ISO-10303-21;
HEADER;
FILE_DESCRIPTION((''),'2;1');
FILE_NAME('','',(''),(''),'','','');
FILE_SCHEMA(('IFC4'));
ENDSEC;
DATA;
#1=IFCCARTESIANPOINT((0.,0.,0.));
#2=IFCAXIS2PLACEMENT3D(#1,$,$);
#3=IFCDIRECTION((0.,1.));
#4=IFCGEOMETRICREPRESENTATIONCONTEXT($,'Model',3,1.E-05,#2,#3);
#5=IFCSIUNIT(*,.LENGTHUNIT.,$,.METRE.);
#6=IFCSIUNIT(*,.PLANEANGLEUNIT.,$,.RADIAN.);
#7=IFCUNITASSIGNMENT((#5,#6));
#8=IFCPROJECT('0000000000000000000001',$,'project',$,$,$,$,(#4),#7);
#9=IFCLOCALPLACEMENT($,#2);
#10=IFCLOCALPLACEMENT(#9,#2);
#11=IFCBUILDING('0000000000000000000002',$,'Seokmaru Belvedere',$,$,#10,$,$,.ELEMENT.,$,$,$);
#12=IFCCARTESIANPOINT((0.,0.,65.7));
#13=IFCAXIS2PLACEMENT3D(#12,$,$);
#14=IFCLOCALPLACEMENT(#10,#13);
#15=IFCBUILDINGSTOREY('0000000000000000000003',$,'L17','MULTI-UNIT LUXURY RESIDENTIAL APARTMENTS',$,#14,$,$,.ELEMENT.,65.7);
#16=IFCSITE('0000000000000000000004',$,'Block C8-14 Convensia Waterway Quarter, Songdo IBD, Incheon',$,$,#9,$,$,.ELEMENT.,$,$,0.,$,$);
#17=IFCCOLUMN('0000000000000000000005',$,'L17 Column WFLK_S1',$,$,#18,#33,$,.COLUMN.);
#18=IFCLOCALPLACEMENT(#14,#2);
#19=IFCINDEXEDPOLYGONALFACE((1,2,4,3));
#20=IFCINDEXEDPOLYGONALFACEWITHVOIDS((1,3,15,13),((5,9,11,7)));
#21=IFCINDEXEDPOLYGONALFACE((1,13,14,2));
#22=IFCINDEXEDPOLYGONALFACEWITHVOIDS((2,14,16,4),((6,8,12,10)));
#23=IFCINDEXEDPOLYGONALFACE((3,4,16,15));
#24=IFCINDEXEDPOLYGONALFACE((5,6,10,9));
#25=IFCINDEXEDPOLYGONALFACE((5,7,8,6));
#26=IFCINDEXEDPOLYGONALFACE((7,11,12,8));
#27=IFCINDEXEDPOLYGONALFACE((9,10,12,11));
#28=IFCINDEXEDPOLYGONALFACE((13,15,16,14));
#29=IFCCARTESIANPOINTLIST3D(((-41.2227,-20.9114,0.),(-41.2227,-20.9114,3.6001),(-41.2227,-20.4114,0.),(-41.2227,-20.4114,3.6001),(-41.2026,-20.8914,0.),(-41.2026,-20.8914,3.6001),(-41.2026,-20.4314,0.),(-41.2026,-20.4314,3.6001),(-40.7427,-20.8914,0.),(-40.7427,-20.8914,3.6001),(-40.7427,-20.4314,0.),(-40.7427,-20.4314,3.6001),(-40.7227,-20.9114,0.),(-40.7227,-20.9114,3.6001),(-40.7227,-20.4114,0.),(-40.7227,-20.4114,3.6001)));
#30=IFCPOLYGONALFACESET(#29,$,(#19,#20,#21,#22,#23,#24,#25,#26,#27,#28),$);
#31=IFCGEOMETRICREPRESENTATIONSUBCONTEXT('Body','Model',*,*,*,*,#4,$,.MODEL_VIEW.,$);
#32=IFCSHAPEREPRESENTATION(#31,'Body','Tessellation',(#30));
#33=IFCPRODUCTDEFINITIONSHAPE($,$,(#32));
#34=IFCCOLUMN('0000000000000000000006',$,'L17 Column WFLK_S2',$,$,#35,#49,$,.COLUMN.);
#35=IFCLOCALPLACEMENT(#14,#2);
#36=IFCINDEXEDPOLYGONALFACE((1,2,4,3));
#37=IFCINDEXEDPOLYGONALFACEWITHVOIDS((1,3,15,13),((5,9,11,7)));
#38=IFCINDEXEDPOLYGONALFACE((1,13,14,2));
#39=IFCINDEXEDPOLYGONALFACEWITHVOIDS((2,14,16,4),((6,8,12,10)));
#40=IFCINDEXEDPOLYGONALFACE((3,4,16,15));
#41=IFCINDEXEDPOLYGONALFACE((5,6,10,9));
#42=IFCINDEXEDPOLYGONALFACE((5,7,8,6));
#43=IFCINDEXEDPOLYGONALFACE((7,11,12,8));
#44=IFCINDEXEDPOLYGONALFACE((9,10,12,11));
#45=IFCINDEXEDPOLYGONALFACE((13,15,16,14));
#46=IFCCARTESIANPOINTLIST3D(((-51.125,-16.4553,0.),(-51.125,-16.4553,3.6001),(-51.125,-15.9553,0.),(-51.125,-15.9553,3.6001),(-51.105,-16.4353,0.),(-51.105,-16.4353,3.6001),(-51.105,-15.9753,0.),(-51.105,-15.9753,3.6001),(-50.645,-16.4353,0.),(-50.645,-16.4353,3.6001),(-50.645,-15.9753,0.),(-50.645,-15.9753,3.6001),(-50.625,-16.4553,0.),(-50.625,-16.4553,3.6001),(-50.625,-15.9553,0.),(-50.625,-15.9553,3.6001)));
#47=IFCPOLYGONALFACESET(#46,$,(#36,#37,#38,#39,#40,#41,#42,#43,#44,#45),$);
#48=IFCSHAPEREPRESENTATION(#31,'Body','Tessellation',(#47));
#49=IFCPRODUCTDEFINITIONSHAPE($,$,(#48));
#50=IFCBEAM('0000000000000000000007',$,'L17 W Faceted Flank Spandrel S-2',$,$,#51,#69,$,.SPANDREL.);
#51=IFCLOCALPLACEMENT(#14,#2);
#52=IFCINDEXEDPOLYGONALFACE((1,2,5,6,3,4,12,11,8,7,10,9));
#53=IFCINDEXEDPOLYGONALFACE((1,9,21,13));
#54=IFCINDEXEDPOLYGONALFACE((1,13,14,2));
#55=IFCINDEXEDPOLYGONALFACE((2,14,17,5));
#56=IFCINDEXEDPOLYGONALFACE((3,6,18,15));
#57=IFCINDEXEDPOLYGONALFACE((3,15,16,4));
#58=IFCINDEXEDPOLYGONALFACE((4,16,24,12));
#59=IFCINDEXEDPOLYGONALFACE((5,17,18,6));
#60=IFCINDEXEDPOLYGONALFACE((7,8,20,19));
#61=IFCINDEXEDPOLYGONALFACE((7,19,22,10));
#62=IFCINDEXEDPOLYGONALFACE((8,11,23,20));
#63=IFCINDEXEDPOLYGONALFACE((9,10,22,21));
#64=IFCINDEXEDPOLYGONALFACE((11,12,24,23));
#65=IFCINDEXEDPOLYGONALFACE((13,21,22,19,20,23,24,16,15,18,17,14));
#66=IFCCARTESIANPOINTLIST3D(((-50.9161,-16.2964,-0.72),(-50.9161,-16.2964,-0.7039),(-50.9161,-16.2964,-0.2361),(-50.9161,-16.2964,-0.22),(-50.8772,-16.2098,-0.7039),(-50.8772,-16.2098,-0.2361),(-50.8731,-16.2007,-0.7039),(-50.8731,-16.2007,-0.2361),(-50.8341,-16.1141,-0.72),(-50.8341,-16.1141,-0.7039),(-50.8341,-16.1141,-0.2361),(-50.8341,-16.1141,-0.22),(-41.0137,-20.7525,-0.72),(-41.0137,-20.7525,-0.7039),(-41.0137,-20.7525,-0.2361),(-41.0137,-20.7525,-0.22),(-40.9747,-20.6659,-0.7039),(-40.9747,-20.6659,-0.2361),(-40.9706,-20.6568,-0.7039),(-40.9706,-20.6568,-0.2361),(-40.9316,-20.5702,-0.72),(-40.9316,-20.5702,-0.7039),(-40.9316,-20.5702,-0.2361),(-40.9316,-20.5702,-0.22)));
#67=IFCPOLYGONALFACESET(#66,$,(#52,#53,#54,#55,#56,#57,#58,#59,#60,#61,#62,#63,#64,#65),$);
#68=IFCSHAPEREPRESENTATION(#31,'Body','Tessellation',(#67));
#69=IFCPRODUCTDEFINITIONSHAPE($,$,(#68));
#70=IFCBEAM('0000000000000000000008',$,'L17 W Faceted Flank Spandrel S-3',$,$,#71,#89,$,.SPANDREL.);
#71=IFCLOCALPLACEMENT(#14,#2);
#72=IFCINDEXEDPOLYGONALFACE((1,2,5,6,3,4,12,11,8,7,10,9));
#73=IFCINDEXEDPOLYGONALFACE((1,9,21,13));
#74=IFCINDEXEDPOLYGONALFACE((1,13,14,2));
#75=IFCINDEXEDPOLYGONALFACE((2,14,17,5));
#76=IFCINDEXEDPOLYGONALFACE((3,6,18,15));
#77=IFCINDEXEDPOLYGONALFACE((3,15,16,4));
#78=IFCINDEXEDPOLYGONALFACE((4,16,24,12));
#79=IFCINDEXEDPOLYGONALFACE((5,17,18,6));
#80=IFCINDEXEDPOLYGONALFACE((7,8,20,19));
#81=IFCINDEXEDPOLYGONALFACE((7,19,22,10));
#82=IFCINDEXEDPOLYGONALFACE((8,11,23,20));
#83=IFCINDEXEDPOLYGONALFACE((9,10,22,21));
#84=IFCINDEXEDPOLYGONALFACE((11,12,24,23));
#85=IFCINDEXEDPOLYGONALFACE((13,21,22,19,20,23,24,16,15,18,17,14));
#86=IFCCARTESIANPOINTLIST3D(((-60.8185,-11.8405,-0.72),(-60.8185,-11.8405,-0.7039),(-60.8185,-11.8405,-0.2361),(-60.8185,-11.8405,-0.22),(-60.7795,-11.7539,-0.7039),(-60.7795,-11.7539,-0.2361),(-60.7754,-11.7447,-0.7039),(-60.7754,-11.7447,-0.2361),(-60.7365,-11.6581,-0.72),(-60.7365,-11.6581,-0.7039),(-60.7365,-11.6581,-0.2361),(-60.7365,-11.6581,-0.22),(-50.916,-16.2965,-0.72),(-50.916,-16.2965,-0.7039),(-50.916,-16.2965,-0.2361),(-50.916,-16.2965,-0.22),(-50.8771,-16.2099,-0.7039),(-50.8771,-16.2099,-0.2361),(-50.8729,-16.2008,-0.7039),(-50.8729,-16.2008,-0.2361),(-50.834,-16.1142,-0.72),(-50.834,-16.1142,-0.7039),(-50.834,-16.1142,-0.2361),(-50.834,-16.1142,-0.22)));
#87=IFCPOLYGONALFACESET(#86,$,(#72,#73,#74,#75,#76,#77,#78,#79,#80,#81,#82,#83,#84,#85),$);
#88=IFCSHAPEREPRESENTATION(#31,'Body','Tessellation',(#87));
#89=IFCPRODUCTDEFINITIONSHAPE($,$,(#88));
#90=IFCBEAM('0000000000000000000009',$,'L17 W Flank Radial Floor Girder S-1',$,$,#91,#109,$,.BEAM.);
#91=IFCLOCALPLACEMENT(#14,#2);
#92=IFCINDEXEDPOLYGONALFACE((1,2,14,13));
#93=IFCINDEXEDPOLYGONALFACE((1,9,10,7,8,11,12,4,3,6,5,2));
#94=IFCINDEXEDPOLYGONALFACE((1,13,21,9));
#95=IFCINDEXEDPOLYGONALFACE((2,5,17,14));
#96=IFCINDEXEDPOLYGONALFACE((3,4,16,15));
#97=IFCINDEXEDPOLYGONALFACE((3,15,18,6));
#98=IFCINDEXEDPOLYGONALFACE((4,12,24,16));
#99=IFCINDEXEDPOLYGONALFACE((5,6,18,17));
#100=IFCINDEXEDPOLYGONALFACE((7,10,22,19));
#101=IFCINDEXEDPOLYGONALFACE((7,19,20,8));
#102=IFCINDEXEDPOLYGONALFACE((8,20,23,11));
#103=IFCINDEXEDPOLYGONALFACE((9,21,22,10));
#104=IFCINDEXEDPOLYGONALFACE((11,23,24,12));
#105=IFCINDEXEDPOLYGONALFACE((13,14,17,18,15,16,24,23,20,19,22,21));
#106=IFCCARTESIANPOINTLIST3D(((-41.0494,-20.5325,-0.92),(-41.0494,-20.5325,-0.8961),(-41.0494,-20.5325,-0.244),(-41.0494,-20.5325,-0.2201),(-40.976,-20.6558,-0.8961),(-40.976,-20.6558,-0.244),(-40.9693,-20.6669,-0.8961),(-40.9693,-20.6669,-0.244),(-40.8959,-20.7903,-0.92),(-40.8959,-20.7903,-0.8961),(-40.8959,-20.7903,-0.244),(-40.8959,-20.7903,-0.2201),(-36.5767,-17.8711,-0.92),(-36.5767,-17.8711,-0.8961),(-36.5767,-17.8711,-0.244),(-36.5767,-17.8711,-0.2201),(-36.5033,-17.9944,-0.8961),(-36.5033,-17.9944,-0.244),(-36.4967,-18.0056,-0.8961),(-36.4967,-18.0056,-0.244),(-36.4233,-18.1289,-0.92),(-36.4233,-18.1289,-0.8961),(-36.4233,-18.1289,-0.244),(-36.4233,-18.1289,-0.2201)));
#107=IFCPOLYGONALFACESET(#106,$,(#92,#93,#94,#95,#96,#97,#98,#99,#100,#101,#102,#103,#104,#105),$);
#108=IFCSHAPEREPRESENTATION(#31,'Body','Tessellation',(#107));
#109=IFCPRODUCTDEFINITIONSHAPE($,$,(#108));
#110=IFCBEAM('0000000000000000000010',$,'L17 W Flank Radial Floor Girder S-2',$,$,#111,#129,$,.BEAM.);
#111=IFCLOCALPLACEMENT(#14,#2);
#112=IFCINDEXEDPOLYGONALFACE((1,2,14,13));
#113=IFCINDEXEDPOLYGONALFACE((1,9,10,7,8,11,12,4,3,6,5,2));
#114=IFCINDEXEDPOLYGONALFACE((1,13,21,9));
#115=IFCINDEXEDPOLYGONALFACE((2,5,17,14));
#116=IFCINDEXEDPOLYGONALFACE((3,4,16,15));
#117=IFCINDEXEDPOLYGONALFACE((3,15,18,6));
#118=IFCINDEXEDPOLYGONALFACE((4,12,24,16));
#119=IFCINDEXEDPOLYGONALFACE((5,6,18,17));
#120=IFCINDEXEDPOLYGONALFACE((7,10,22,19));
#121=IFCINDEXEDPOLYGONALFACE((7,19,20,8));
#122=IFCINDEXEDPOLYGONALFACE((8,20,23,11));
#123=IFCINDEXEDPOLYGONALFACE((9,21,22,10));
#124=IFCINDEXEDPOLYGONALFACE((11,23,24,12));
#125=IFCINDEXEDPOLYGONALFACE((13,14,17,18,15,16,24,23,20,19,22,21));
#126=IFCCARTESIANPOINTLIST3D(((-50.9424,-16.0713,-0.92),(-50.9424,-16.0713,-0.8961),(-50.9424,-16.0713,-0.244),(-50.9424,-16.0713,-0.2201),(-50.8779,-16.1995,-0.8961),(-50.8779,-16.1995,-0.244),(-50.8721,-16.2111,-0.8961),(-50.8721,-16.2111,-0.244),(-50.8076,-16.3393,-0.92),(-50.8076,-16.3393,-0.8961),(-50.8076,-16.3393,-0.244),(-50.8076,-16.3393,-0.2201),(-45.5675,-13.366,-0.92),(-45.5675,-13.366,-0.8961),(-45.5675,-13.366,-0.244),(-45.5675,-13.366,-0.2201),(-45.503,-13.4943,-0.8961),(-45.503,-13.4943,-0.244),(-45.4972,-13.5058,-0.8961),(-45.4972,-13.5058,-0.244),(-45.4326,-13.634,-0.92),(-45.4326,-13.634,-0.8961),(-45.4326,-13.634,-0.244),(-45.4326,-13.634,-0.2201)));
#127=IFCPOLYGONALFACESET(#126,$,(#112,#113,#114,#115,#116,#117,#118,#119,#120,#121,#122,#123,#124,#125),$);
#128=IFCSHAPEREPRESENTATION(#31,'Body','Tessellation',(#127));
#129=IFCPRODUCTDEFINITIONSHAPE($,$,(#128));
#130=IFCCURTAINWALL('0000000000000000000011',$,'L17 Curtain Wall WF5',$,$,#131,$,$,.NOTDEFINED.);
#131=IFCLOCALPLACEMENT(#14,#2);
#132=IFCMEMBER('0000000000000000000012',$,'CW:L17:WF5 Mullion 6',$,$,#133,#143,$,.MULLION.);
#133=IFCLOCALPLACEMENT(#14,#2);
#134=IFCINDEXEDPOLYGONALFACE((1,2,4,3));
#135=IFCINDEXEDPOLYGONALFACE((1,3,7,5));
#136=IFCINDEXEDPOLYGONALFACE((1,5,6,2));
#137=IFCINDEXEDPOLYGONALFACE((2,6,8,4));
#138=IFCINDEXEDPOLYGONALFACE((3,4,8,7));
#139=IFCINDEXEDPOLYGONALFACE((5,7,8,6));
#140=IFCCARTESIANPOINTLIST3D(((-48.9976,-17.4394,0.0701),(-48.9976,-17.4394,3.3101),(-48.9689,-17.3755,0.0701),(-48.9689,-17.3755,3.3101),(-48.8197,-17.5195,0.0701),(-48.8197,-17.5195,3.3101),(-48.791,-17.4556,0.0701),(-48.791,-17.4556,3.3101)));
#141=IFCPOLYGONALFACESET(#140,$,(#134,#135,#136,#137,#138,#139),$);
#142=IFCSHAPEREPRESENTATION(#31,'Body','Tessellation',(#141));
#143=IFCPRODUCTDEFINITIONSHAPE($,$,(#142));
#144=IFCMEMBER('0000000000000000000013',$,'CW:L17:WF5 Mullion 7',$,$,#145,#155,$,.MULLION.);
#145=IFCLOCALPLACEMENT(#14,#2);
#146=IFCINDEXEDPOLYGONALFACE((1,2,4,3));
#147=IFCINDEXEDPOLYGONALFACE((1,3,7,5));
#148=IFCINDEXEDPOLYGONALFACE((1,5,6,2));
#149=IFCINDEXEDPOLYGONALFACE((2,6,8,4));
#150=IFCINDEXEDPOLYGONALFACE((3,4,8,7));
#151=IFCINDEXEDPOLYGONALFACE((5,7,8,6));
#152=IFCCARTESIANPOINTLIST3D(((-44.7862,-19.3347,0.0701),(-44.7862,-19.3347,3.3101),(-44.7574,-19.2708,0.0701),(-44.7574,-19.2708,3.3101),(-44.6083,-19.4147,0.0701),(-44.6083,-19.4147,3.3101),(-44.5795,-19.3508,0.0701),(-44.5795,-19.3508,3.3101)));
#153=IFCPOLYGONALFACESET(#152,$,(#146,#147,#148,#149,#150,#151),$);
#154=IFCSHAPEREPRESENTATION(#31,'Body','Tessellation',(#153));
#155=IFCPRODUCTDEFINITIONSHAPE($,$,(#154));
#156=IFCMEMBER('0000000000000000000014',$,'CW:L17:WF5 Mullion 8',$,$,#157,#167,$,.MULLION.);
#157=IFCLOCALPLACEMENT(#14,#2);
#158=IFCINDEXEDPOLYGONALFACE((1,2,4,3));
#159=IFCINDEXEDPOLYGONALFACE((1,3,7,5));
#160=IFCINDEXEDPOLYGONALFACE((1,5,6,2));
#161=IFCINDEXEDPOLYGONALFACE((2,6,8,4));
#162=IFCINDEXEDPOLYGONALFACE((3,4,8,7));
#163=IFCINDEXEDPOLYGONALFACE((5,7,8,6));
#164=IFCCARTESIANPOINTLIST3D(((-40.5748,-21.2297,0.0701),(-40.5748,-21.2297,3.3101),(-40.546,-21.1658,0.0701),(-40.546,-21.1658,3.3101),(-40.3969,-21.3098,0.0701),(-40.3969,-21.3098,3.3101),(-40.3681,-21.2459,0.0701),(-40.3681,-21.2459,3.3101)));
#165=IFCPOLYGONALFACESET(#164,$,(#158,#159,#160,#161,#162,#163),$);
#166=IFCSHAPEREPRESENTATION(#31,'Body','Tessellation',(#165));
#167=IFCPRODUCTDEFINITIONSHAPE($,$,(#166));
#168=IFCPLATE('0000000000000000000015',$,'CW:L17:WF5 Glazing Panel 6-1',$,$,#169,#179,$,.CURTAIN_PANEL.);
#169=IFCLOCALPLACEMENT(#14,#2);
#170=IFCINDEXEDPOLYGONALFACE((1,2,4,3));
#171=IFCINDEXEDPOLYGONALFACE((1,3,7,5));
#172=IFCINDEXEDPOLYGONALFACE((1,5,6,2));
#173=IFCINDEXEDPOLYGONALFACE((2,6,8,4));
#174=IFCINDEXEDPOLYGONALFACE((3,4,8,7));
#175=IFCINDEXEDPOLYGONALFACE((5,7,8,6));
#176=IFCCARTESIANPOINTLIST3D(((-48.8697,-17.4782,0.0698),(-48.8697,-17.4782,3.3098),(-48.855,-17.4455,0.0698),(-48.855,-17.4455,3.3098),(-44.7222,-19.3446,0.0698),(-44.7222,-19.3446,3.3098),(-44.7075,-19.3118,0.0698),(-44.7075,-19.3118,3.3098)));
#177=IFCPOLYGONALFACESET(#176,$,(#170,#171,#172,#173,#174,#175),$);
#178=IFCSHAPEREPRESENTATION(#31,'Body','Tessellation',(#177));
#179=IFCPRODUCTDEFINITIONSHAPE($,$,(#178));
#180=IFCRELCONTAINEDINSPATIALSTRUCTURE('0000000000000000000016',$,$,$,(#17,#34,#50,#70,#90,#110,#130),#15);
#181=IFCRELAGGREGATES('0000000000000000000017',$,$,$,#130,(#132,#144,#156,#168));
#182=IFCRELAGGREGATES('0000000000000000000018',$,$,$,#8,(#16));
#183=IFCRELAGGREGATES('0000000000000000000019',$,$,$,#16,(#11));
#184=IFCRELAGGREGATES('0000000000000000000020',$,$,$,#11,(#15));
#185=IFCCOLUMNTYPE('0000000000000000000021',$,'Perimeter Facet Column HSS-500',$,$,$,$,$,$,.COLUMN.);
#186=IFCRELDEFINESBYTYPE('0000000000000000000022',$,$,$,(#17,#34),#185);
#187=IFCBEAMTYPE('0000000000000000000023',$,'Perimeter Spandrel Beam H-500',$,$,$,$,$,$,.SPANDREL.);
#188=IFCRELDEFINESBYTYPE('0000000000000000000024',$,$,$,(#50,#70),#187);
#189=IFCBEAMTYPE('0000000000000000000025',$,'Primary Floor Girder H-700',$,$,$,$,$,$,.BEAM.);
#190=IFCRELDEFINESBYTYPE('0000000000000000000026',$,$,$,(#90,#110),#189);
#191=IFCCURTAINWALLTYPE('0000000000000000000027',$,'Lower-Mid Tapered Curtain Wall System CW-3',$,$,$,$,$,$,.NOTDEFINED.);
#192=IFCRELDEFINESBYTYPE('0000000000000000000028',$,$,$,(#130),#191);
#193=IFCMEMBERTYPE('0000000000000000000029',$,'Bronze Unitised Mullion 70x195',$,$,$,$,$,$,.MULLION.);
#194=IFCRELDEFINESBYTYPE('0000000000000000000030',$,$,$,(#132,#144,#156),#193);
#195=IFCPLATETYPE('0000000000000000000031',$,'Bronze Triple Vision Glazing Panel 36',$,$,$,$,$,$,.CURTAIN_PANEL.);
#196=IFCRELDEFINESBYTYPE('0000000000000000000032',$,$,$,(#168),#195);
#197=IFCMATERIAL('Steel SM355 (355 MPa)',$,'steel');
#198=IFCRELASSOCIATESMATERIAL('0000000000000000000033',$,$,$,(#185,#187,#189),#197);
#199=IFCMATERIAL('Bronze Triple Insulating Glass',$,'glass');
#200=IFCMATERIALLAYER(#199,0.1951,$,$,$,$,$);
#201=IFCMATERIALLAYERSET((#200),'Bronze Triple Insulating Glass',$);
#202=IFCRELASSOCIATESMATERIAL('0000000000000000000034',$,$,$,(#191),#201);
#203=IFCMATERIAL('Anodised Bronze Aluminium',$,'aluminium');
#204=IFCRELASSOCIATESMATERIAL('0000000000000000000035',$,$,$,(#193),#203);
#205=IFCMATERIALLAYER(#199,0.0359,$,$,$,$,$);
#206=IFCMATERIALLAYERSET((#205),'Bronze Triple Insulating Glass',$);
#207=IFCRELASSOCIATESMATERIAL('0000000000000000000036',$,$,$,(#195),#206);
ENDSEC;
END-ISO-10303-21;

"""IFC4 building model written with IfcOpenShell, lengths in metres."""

from ifc_helpers import new_model, si_unit, direction, frame, origin, origin_2d, place, context, subcontext, project, spatial, rectangle, hollow_rectangle, i_section, extrude, source, transform, mapped, material, layer, layer_set, material_profile, profile_set, type_object, type_shapes, element, aggregate, save


model = new_model("IFC4")

# Units and contexts
model_context = context("Model", 3, precision=1e-05, world=origin(), true_north=direction((0.0, 1.0)))
body_context = subcontext(model_context, "Body", "Model", "MODEL_VIEW")
ifc_project = project(units=[si_unit("LENGTHUNIT", "METRE"), si_unit("PLANEANGLEUNIT", "RADIAN")], contexts=[model_context])

# Site, building, storey
site_placement = place(None, origin())
site = spatial("IfcSite", under=ifc_project, at=site_placement, Name="Block C8-14 Convensia Waterway Quarter, Songdo IBD, Incheon", CompositionType="ELEMENT", RefElevation=0.0)
building_placement = place(site_placement, origin())
building = spatial("IfcBuilding", under=site, at=building_placement, Name="Seokmaru Belvedere", CompositionType="ELEMENT")
storey_placement = place(building_placement, frame((0.0, 0.0, 65.7)))
storey = spatial("IfcBuildingStorey", under=building, at=storey_placement, Name="L17", Description="MULTI-UNIT LUXURY RESIDENTIAL APARTMENTS", CompositionType="ELEMENT", Elevation=65.7)

# Columns
ifc_material_1 = material(Name="Steel SM355 (355 MPa)", Category="steel")
ifc_material_profile_1 = material_profile(ifc_material_1, hollow_rectangle(XDim=0.5, YDim=0.5, WallThickness=0.02, at=origin_2d()), Name="HSS-500x500x20")
ifc_profile_set_1 = profile_set([ifc_material_profile_1], Name="Steel SM355 (355 MPa)")
column_type = type_object("IfcColumnType", Name="Perimeter Facet Column HSS-500", PredefinedType="COLUMN", material=ifc_profile_set_1)
shared_shape_1 = source(origin(), body_context, "Body", "SweptSolid", [
    extrude(hollow_rectangle(XDim=0.5, YDim=0.5, WallThickness=0.02, at=origin_2d()), origin(), (0.0, 0.0, 1.0), 3.6001),
])
type_shapes(column_type, [shared_shape_1])
for number, where, z_axis, x_axis, name in (
    (1, (-40.9727, -20.6614, 0.0), (0.0, 0.0, 1.0), (1.0, 0.0, 0.0), "L17 Column WFLK_S1"),
    (2, (-50.875, -16.2053, 0.0), (0.0, 0.0, 1.0), (1.0, 0.0, 0.0), "L17 Column WFLK_S2"),
):
    element("IfcColumn", number, at=place(storey_placement, frame(where, z_axis=z_axis, x_axis=x_axis)), inside=storey, type_object=column_type, Name=name, PredefinedType="COLUMN", context=body_context, shape_type="MappedRepresentation", body=[
        mapped(shared_shape_1, transform((0.0, 0.0, 0.0), scale=1.0)),
    ])

# Beams
ifc_material_profile_2 = material_profile(ifc_material_1, i_section(OverallWidth=0.2, OverallDepth=0.5, WebThickness=0.01, FlangeThickness=0.0161, at=origin_2d()), Name="H-500x200x10x16")
ifc_profile_set_2 = profile_set([ifc_material_profile_2], Name="Steel SM355 (355 MPa)")
beam_type_1 = type_object("IfcBeamType", Name="Perimeter Spandrel Beam H-500", PredefinedType="SPANDREL", material=ifc_profile_set_2)
shared_shape_2 = source(origin(), body_context, "Body", "SweptSolid", [
    extrude(i_section(OverallWidth=0.2, OverallDepth=0.5, WebThickness=0.01, FlangeThickness=0.0161, at=origin_2d()), origin(), (0.0, 0.0, 1.0), 10.8589),
])
type_shapes(beam_type_1, [shared_shape_2])
for number, where, z_axis, x_axis, name in (
    (3, (-40.9727, -20.6614, -0.47), (-0.911922, 0.410365, 0.0), (-0.410365, -0.911922, 0.0), "L17 W Faceted Flank Spandrel S-2"),
    (4, (-50.875, -16.2053, -0.47), (-0.911925, 0.410356, 0.0), (-0.410356, -0.911925, 0.0), "L17 W Faceted Flank Spandrel S-3"),
):
    element("IfcBeam", number, at=place(storey_placement, frame(where, z_axis=z_axis, x_axis=x_axis)), inside=storey, type_object=beam_type_1, Name=name, PredefinedType="SPANDREL", context=body_context, shape_type="MappedRepresentation", body=[
        mapped(shared_shape_2, transform((0.0, 0.0, 0.0), scale=1.0)),
    ])
ifc_material_profile_3 = material_profile(ifc_material_1, i_section(OverallWidth=0.3, OverallDepth=0.7, WebThickness=0.0129, FlangeThickness=0.0239, at=origin_2d()), Name="H-700x300x13x24")
ifc_profile_set_3 = profile_set([ifc_material_profile_3], Name="Steel SM355 (355 MPa)")
beam_type_2 = type_object("IfcBeamType", Name="Primary Floor Girder H-700", PredefinedType="BEAM", material=ifc_profile_set_3)
shared_shape_3 = source(origin(), body_context, "Body", "SweptSolid", [
    extrude(i_section(OverallWidth=0.3, OverallDepth=0.7, WebThickness=0.0129, FlangeThickness=0.0239, at=origin_2d()), origin(), (0.0, 0.0, 1.0), 5.2046),
])
beam_1_placement = place(storey_placement, frame((-40.9727, -20.6614, -0.5701), z_axis=(0.85937, 0.511354, 0.0), x_axis=(-0.511354, 0.85937, 0.0)))
element("IfcBeam", 5, at=beam_1_placement, inside=storey, type_object=beam_type_2, Name="L17 W Flank Radial Floor Girder S-1", PredefinedType="BEAM", context=body_context, shape_type="MappedRepresentation", body=[
    mapped(shared_shape_3, transform((0.0, 0.0, 0.0), scale=1.0)),
])
shared_shape_4 = source(origin(), body_context, "Body", "SweptSolid", [
    extrude(i_section(OverallWidth=0.3, OverallDepth=0.7, WebThickness=0.0129, FlangeThickness=0.0239, at=origin_2d()), origin(), (0.0, 0.0, 1.0), 6.0173),
])
type_shapes(beam_type_2, [shared_shape_3, shared_shape_4])
beam_2_placement = place(storey_placement, frame((-50.875, -16.2053, -0.5701), z_axis=(0.893239, 0.449581, 0.0), x_axis=(-0.449581, 0.893239, 0.0)))
element("IfcBeam", 6, at=beam_2_placement, inside=storey, type_object=beam_type_2, Name="L17 W Flank Radial Floor Girder S-2", PredefinedType="BEAM", context=body_context, shape_type="MappedRepresentation", body=[
    mapped(shared_shape_4, transform((0.0, 0.0, 0.0), scale=1.0)),
])

# Curtain wall, members, plate
ifc_material_2 = material(Name="Bronze Triple Insulating Glass", Category="glass")
ifc_layer_1 = layer(ifc_material_2, 0.1951)
ifc_layer_set_1 = layer_set([ifc_layer_1], Name="Bronze Triple Insulating Glass")
curtain_wall_type = type_object("IfcCurtainWallType", Name="Lower-Mid Tapered Curtain Wall System CW-3", PredefinedType="NOTDEFINED", material=ifc_layer_set_1)
curtain_wall_placement = place(storey_placement, origin())
curtain_wall = element("IfcCurtainWall", 7, at=curtain_wall_placement, inside=storey, type_object=curtain_wall_type, Name="L17 Curtain Wall WF5", PredefinedType="NOTDEFINED")
ifc_material_3 = material(Name="Anodised Bronze Aluminium", Category="aluminium")
ifc_material_profile_4 = material_profile(ifc_material_3, rectangle(XDim=0.0701, YDim=0.1951, at=origin_2d()), Name="CW-M-70x195")
ifc_profile_set_4 = profile_set([ifc_material_profile_4], Name="Anodised Bronze Aluminium")
member_type = type_object("IfcMemberType", Name="Bronze Unitised Mullion 70x195", PredefinedType="MULLION", material=ifc_profile_set_4)
shared_shape_5 = source(origin(), body_context, "Body", "SweptSolid", [
    extrude(rectangle(XDim=0.0701, YDim=0.1951, at=origin_2d()), origin(), (0.0, 0.0, 1.0), 3.24),
])
type_shapes(member_type, [shared_shape_5])
member_1_placement = place(storey_placement, frame((-48.8943, -17.4475, 0.0701), z_axis=(0.0, 0.0, 1.0), x_axis=(0.410366, 0.911921, 0.0)))
member_1 = element("IfcMember", 8, at=member_1_placement, type_object=member_type, Name="CW:L17:WF5 Mullion 6", PredefinedType="MULLION", context=body_context, shape_type="MappedRepresentation", body=[
    mapped(shared_shape_5, transform((0.0, 0.0, 0.0), scale=1.0)),
])
member_2_placement = place(storey_placement, frame((-44.6829, -19.3428, 0.0701), z_axis=(0.0, 0.0, 1.0), x_axis=(0.410366, 0.911921, 0.0)))
member_2 = element("IfcMember", 9, at=member_2_placement, type_object=member_type, Name="CW:L17:WF5 Mullion 7", PredefinedType="MULLION", context=body_context, shape_type="MappedRepresentation", body=[
    mapped(shared_shape_5, transform((0.0, 0.0, 0.0), scale=1.0)),
])
member_3_placement = place(storey_placement, frame((-40.4714, -21.2378, 0.0701), z_axis=(0.0, 0.0, 1.0), x_axis=(0.410366, 0.911921, 0.0)))
member_3 = element("IfcMember", 10, at=member_3_placement, type_object=member_type, Name="CW:L17:WF5 Mullion 8", PredefinedType="MULLION", context=body_context, shape_type="MappedRepresentation", body=[
    mapped(shared_shape_5, transform((0.0, 0.0, 0.0), scale=1.0)),
])
ifc_layer_2 = layer(ifc_material_2, 0.0359)
ifc_layer_set_2 = layer_set([ifc_layer_2], Name="Bronze Triple Insulating Glass")
plate_type = type_object("IfcPlateType", Name="Bronze Triple Vision Glazing Panel 36", PredefinedType="CURTAIN_PANEL", material=ifc_layer_set_2)
shared_shape_6 = source(origin(), body_context, "Body", "SweptSolid", [
    extrude(rectangle(XDim=4.5481, YDim=0.0359, at=origin_2d()), origin(), (0.0, 0.0, 1.0), 3.24),
])
type_shapes(plate_type, [shared_shape_6])
plate_1_placement = place(storey_placement, frame((-46.7886, -18.395, 0.0698), z_axis=(0.0, 0.0, 1.0), x_axis=(0.911921, -0.410366, 0.0)))
plate_1 = element("IfcPlate", 11, at=plate_1_placement, type_object=plate_type, Name="CW:L17:WF5 Glazing Panel 6-1", PredefinedType="CURTAIN_PANEL", context=body_context, shape_type="MappedRepresentation", body=[
    mapped(shared_shape_6, transform((0.0, 0.0, 0.0), scale=1.0)),
])
aggregate(curtain_wall, [member_1, member_2, member_3, plate_1])

save(model, "model.ifc")
